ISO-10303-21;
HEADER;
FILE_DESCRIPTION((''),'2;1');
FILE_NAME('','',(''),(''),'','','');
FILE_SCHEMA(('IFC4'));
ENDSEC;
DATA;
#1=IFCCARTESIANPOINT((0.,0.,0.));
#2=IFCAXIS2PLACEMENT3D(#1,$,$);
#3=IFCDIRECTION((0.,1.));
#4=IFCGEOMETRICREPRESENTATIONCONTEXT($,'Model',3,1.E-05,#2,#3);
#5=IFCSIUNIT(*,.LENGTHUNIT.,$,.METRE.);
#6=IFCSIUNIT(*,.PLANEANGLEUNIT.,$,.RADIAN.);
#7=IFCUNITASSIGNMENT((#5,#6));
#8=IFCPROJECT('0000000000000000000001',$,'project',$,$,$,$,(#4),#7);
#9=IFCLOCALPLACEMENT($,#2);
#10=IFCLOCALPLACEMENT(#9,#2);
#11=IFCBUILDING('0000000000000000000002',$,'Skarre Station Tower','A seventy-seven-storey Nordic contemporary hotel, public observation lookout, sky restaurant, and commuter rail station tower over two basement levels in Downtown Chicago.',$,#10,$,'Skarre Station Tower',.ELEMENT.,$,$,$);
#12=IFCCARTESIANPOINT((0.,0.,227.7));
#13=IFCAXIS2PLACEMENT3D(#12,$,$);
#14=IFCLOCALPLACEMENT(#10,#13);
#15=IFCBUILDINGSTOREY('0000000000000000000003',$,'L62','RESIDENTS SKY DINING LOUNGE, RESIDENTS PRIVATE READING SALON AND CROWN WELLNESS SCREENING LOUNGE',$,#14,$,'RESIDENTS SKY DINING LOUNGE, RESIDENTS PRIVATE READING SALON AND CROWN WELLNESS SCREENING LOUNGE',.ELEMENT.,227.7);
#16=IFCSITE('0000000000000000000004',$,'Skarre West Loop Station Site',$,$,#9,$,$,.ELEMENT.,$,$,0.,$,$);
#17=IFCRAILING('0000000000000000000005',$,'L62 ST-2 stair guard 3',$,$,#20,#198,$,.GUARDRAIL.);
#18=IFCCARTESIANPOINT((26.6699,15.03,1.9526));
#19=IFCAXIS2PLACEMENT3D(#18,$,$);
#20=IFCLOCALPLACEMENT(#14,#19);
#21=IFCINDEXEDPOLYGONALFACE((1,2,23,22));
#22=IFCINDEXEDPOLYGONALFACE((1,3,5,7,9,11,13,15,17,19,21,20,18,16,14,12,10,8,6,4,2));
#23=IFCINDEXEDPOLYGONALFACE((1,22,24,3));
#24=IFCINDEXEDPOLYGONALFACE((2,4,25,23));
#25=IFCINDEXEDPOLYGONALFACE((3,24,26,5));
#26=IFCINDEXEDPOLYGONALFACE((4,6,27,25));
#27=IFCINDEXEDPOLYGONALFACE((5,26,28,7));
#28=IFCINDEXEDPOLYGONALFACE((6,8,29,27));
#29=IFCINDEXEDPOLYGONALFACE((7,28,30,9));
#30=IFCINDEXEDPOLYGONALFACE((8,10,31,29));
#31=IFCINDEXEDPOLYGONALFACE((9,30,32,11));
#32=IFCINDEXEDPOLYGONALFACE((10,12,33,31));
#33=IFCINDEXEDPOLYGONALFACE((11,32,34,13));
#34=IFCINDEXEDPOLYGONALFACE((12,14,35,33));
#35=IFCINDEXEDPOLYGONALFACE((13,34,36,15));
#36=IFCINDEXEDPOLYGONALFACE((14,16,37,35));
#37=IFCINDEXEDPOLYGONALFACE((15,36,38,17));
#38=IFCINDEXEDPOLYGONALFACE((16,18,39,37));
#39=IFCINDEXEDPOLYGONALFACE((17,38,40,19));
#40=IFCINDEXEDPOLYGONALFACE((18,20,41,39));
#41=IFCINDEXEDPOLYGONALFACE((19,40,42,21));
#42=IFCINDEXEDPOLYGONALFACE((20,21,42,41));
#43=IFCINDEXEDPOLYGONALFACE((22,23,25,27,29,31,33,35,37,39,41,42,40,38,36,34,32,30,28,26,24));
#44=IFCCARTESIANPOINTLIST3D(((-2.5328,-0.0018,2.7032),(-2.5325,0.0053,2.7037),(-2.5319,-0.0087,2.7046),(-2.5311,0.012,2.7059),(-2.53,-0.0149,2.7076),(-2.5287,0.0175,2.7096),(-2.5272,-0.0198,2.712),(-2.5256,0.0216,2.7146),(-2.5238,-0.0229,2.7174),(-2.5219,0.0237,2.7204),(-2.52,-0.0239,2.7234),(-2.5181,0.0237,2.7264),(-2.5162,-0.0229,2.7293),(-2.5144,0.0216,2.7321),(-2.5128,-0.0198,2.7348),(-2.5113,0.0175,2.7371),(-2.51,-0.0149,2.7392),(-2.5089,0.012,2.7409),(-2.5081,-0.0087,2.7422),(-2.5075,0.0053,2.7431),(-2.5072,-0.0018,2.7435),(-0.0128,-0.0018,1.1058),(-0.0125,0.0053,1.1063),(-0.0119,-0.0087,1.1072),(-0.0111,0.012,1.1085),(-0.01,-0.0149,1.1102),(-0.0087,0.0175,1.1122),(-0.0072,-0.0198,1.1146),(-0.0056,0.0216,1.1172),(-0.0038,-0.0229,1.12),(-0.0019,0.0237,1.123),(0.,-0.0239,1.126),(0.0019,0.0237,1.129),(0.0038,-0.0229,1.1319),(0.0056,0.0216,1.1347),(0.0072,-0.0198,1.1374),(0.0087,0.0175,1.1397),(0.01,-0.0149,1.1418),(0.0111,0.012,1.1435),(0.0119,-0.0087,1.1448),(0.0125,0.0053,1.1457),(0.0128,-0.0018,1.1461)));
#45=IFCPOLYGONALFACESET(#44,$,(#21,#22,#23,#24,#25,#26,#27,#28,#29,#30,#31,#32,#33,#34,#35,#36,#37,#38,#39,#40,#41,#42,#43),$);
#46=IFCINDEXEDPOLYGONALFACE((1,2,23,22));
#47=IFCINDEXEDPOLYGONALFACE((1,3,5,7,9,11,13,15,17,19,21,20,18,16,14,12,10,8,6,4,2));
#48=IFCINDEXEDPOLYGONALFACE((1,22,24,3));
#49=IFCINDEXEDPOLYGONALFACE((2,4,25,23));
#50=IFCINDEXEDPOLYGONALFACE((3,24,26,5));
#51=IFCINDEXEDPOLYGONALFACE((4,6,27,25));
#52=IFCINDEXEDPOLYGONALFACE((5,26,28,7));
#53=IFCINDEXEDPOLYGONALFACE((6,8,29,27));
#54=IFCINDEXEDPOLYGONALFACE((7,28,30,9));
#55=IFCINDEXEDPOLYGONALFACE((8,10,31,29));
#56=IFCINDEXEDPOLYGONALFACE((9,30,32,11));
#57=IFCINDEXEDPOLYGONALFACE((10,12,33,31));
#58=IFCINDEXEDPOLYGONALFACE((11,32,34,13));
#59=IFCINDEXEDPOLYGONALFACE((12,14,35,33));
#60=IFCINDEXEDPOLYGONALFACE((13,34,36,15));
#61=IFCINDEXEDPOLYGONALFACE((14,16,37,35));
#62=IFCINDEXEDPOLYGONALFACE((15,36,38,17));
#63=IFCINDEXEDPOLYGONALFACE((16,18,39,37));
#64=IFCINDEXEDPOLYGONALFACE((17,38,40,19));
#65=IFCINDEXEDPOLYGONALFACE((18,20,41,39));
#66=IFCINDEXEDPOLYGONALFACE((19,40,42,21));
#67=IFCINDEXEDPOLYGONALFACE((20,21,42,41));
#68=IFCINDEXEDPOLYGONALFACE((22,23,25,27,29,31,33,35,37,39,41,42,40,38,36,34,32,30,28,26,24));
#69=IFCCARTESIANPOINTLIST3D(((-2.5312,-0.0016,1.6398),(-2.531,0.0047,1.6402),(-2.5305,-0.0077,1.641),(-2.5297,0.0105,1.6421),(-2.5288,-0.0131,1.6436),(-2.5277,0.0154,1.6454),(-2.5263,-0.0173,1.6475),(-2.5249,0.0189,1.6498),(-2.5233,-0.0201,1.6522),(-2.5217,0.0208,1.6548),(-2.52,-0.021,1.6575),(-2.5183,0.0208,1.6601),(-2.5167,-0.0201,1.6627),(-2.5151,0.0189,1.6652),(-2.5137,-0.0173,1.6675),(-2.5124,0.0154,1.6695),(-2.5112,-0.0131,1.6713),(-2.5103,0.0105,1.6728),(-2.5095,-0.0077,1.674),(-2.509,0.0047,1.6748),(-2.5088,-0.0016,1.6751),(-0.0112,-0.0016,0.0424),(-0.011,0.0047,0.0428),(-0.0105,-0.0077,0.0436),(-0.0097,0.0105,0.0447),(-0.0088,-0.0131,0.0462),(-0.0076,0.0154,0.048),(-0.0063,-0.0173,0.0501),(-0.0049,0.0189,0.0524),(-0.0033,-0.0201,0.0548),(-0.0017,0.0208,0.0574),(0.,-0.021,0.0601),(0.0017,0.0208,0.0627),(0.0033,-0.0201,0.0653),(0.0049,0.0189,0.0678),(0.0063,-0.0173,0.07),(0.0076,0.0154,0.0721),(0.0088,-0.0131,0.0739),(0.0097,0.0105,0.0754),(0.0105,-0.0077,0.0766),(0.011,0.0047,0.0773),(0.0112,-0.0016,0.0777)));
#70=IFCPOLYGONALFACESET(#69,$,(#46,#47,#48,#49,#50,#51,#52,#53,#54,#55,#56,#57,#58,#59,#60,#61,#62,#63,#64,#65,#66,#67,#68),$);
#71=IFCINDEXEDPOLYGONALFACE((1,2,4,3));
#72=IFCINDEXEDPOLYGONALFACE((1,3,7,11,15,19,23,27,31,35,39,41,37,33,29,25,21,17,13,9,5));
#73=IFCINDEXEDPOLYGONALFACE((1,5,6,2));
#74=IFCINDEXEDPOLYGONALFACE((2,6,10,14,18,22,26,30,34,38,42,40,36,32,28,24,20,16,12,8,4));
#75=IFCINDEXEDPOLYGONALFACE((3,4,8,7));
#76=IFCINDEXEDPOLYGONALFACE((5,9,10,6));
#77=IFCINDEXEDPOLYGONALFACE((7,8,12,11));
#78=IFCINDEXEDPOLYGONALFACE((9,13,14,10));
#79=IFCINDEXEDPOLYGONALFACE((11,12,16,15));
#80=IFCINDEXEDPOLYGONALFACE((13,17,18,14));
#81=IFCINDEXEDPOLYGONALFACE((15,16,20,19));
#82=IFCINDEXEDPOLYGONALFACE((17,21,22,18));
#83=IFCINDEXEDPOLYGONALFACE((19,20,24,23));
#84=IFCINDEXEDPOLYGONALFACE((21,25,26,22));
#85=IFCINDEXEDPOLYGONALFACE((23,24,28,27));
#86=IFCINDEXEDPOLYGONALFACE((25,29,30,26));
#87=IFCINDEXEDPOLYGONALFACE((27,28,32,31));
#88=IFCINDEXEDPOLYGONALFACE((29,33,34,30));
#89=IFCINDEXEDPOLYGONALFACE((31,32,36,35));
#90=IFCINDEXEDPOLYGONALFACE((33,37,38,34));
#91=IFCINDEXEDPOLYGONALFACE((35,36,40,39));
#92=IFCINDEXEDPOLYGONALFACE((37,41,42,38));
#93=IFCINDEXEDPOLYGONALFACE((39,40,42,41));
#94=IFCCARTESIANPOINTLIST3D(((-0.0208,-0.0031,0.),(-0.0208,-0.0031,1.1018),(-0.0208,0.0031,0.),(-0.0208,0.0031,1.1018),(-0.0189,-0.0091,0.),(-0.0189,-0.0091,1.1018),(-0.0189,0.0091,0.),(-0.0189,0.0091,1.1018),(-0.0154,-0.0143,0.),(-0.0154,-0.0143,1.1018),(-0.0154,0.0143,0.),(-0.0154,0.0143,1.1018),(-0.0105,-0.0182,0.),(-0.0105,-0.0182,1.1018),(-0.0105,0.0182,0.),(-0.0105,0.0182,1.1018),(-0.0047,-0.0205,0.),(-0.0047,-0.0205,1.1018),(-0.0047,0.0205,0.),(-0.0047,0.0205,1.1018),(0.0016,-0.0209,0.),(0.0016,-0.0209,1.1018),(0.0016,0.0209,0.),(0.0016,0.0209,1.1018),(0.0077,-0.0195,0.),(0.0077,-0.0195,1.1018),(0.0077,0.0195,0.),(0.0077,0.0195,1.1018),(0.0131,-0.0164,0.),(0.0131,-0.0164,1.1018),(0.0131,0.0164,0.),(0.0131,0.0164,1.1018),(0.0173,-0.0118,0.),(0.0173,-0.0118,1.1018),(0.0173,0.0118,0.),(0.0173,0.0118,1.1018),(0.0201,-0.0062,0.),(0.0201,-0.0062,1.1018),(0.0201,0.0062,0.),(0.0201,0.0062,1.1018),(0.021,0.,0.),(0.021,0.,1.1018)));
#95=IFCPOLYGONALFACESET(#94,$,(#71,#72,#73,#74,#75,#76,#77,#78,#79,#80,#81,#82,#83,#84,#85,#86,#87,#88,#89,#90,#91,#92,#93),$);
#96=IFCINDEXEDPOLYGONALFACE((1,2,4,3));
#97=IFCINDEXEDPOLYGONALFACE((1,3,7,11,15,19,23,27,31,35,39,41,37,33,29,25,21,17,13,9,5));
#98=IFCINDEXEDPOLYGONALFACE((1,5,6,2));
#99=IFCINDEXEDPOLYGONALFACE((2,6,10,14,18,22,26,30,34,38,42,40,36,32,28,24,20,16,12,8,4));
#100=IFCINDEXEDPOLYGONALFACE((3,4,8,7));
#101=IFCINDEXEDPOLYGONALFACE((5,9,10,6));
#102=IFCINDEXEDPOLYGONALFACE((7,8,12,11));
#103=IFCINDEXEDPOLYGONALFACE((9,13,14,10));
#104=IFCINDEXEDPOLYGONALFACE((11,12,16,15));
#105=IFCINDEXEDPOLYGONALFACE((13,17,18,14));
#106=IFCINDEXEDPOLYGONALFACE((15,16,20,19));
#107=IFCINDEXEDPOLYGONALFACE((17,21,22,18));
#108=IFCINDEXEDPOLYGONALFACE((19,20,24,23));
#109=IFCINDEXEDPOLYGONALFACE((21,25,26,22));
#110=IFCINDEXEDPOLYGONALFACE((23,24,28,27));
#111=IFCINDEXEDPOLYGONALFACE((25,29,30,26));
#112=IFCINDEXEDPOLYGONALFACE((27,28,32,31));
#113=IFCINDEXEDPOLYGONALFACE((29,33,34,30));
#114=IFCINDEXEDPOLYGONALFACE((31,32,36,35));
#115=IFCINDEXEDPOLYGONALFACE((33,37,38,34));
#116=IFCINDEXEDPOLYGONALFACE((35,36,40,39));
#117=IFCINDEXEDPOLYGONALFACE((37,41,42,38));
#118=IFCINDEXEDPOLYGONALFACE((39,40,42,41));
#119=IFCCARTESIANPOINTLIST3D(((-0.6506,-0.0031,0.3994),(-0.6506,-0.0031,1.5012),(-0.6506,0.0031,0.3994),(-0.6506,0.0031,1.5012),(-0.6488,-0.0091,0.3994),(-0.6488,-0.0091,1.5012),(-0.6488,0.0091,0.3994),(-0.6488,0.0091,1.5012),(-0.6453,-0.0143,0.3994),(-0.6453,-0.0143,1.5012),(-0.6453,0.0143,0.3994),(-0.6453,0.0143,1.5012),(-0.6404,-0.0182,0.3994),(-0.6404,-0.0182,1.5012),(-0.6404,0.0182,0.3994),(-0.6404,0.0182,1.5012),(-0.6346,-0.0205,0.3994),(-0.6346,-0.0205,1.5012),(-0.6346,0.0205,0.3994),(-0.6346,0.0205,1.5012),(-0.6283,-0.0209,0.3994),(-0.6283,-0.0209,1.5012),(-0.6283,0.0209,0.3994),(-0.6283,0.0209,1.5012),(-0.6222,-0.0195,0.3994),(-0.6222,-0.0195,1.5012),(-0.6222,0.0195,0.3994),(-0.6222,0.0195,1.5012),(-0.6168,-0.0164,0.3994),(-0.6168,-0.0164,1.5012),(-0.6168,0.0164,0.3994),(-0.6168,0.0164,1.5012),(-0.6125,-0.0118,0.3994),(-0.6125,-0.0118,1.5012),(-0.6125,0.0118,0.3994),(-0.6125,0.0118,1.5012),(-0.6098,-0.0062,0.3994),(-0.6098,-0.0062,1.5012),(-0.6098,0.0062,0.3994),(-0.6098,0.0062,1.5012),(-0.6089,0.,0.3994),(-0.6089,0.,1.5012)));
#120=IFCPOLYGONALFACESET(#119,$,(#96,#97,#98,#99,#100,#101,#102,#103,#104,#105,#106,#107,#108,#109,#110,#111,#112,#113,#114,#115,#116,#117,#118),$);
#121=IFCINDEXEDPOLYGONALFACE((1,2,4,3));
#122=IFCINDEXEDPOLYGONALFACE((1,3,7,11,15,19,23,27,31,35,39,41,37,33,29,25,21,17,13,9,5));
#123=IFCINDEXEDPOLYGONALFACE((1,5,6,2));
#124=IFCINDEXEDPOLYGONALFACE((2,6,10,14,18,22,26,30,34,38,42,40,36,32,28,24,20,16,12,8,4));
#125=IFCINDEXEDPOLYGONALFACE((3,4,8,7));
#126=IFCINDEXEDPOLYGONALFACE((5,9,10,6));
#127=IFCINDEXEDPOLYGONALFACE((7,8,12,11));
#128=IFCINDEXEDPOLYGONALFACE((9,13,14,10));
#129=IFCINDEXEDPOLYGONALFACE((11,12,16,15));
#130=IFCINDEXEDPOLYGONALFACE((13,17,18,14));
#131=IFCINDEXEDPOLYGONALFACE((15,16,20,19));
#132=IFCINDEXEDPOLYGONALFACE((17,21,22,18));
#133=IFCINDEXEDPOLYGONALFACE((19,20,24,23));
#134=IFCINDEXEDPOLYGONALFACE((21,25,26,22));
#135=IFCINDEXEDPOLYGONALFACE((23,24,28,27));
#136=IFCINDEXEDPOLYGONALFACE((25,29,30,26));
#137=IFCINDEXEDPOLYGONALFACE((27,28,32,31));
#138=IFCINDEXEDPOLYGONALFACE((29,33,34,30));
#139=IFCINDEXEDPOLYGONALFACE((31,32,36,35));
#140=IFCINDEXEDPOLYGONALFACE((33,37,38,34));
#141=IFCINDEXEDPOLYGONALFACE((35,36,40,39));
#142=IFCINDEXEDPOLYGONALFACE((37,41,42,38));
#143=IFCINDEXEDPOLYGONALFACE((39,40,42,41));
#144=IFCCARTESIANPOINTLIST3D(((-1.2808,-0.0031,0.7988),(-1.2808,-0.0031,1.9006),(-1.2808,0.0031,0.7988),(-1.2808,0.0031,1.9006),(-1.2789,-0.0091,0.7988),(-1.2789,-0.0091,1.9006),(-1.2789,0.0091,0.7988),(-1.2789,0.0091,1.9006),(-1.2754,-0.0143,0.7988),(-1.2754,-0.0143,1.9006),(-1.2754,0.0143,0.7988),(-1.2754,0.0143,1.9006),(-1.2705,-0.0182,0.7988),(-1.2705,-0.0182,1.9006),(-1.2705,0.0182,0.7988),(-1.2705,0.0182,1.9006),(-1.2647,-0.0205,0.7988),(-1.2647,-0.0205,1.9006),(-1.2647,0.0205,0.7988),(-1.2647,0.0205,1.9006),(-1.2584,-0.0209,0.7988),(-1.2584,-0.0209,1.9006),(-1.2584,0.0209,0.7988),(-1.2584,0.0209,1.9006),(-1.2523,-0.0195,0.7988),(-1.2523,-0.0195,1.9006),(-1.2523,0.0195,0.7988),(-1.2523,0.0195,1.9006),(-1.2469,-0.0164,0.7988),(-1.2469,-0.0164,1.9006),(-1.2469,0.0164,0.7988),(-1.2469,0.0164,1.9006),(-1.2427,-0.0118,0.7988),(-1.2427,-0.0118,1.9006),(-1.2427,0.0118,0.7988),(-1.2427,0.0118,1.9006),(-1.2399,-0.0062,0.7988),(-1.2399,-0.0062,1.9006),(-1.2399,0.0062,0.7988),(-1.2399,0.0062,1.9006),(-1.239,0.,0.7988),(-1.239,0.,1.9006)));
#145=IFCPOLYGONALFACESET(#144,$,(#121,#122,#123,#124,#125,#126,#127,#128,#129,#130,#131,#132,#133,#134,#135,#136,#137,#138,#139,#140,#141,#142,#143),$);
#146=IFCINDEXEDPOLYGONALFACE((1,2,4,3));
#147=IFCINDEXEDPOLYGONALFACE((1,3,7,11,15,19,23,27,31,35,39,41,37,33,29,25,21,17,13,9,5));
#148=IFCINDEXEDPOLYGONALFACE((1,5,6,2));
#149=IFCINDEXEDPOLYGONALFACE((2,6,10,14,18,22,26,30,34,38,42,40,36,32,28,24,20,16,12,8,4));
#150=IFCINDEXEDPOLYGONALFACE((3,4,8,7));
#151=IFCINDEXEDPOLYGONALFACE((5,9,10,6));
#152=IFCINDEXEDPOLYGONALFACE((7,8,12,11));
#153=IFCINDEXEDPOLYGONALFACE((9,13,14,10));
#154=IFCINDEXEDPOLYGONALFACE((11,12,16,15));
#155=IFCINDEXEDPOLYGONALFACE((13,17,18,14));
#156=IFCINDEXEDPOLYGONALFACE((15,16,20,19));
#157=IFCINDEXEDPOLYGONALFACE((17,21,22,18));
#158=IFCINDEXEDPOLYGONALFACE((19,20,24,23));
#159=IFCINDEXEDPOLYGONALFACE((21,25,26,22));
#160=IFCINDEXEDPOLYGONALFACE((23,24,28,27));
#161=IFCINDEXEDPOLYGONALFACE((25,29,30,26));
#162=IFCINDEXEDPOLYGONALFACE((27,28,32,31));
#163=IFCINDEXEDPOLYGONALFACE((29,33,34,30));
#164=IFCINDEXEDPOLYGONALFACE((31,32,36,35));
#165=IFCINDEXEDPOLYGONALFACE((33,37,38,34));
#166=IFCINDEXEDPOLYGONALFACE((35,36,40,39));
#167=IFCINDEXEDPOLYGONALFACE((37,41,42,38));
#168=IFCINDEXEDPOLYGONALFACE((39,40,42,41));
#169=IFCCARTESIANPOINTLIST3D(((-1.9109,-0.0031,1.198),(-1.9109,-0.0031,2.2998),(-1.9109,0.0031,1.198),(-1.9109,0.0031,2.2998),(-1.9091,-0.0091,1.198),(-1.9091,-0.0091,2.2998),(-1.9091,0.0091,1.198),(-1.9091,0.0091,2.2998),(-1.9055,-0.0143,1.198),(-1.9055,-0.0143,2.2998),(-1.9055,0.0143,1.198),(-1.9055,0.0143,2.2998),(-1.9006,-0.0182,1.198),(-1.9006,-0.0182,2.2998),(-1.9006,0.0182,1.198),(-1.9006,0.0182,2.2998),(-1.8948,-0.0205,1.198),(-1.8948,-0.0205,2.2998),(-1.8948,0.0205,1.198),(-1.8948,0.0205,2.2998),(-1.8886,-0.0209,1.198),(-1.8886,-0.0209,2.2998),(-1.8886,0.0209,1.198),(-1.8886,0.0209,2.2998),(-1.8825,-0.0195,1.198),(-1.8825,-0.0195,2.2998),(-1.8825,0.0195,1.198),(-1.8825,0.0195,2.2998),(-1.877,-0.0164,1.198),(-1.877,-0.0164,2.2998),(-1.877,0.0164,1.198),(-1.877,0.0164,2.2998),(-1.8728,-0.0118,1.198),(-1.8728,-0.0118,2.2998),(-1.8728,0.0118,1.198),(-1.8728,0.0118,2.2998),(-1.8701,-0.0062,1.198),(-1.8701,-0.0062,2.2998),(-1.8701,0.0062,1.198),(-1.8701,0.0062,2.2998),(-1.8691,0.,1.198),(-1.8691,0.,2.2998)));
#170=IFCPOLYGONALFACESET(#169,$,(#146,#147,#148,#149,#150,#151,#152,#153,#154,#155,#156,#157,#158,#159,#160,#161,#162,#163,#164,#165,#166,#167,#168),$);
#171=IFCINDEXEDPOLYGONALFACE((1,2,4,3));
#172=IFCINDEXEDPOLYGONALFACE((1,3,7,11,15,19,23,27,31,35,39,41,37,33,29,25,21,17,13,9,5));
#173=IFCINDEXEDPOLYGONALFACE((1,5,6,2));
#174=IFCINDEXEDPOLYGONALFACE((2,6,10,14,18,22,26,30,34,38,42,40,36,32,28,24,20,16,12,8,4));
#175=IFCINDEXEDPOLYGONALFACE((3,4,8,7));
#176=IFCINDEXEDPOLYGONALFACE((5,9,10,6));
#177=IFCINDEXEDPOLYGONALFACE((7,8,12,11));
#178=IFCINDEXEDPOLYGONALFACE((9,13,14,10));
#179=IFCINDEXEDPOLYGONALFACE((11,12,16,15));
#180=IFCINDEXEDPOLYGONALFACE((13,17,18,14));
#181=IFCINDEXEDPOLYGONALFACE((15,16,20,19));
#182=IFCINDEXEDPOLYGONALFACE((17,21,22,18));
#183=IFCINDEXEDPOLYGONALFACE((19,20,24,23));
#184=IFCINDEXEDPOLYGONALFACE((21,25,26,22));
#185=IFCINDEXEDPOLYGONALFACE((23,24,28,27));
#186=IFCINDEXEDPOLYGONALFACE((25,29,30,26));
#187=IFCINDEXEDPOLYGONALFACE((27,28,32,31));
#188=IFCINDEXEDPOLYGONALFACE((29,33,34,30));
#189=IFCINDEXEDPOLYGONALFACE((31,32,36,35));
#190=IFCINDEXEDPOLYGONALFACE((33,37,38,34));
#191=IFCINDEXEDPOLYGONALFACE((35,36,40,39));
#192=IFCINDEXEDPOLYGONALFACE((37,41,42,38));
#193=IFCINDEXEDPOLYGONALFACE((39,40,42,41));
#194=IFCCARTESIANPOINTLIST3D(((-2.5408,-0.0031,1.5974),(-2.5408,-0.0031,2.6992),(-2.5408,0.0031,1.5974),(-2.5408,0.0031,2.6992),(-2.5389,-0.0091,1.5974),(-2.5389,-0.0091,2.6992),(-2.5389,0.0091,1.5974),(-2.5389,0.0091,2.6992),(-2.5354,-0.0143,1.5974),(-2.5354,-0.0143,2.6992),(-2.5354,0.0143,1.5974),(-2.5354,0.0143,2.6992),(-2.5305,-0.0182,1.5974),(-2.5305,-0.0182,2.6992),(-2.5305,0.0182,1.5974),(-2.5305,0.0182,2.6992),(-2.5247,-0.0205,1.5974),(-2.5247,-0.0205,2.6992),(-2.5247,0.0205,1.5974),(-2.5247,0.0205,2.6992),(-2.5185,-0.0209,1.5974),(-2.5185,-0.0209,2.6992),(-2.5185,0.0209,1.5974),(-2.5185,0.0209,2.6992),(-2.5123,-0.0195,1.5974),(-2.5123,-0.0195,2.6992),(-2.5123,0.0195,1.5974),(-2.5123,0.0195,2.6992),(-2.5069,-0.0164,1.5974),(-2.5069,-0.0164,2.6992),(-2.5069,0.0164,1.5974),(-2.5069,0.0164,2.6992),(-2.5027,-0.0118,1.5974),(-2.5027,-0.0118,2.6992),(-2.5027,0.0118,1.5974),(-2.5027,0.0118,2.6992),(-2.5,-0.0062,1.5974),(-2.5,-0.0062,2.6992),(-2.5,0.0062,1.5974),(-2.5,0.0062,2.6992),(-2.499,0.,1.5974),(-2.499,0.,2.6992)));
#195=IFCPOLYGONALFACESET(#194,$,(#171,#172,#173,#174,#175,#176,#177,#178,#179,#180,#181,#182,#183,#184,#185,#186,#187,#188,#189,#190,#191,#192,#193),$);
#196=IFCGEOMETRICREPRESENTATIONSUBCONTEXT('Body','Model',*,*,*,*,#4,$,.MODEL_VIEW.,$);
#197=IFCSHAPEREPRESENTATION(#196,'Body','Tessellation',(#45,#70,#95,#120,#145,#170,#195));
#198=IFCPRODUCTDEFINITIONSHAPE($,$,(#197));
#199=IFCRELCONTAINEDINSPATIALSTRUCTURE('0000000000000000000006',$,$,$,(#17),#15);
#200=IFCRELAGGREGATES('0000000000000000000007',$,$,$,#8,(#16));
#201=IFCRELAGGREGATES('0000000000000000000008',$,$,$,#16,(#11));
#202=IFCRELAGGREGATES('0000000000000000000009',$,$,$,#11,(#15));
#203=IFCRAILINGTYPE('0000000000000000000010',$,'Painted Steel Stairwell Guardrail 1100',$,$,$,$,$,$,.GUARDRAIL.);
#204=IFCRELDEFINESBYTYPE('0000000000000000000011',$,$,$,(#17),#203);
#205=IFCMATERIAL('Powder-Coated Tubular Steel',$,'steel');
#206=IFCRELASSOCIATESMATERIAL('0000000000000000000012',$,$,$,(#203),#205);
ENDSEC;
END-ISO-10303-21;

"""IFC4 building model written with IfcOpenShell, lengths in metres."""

from ifc_helpers import new_model, si_unit, direction, frame, origin, origin_2d, place, context, subcontext, project, spatial, circle, extrude, material, type_object, element, save


model = new_model("IFC4")

# Units and contexts
model_context = context("Model", 3, precision=1e-05, world=origin(), true_north=direction((0.0, 1.0)))
body_context = subcontext(model_context, "Body", "Model", "MODEL_VIEW")
ifc_project = project(units=[si_unit("LENGTHUNIT", "METRE"), si_unit("PLANEANGLEUNIT", "RADIAN")], contexts=[model_context])

# Site, building, storey
site_placement = place(None, origin())
site = spatial("IfcSite", under=ifc_project, at=site_placement, Name="Skarre West Loop Station Site", CompositionType="ELEMENT", RefElevation=0.0)
building_placement = place(site_placement, origin())
building = spatial("IfcBuilding", under=site, at=building_placement, Name="Skarre Station Tower", Description="A seventy-seven-storey Nordic contemporary hotel, public observation lookout, sky restaurant, and commuter rail station tower over two basement levels in Downtown Chicago.", LongName="Skarre Station Tower", CompositionType="ELEMENT")
storey_placement = place(building_placement, frame((0.0, 0.0, 227.7)))
storey = spatial("IfcBuildingStorey", under=building, at=storey_placement, Name="L62", Description="RESIDENTS SKY DINING LOUNGE, RESIDENTS PRIVATE READING SALON AND CROWN WELLNESS SCREENING LOUNGE", LongName="RESIDENTS SKY DINING LOUNGE, RESIDENTS PRIVATE READING SALON AND CROWN WELLNESS SCREENING LOUNGE", CompositionType="ELEMENT", Elevation=227.7)

# Railing
ifc_material_1 = material(Name="Powder-Coated Tubular Steel", Category="steel")
railing_type_1 = type_object("IfcRailingType", Name="Painted Steel Stairwell Guardrail 1100", PredefinedType="GUARDRAIL", material=ifc_material_1)
railing_1_placement = place(storey_placement, frame((26.6699, 15.03, 1.9526)))
element("IfcRailing", 1, at=railing_1_placement, inside=storey, type_object=railing_type_1, Name="L62 ST-2 stair guard 3", PredefinedType="GUARDRAIL", context=body_context, shape_type="SweptSolid", body=[
    extrude(circle(Radius=0.0239, at=origin_2d()), frame((0.0, 0.0, 1.126), z_axis=(-0.844607, 0.0, 0.535387), x_axis=(0.0, -1.0, 0.0)), (0.0, 0.0, 1.0), 2.9836),
    extrude(circle(Radius=0.021, at=origin_2d()), frame((0.0, 0.0, 0.0601), z_axis=(-0.844607, 0.0, 0.535387), x_axis=(0.0, -1.0, 0.0)), (0.0, 0.0, 1.0), 2.9836),
    extrude(circle(Radius=0.021, at=origin_2d()), origin(), (0.0, 0.0, 1.0), 1.1018),
    extrude(circle(Radius=0.021, at=origin_2d()), frame((-0.6299, 0.0, 0.3994)), (0.0, 0.0, 1.0), 1.1018),
    extrude(circle(Radius=0.021, at=origin_2d()), frame((-1.26, 0.0, 0.7988)), (0.0, 0.0, 1.0), 1.1018),
    extrude(circle(Radius=0.021, at=origin_2d()), frame((-1.8901, 0.0, 1.198)), (0.0, 0.0, 1.0), 1.1018),
    extrude(circle(Radius=0.021, at=origin_2d()), frame((-2.52, 0.0, 1.5974)), (0.0, 0.0, 1.0), 1.1018),
])

save(model, "model.ifc")
